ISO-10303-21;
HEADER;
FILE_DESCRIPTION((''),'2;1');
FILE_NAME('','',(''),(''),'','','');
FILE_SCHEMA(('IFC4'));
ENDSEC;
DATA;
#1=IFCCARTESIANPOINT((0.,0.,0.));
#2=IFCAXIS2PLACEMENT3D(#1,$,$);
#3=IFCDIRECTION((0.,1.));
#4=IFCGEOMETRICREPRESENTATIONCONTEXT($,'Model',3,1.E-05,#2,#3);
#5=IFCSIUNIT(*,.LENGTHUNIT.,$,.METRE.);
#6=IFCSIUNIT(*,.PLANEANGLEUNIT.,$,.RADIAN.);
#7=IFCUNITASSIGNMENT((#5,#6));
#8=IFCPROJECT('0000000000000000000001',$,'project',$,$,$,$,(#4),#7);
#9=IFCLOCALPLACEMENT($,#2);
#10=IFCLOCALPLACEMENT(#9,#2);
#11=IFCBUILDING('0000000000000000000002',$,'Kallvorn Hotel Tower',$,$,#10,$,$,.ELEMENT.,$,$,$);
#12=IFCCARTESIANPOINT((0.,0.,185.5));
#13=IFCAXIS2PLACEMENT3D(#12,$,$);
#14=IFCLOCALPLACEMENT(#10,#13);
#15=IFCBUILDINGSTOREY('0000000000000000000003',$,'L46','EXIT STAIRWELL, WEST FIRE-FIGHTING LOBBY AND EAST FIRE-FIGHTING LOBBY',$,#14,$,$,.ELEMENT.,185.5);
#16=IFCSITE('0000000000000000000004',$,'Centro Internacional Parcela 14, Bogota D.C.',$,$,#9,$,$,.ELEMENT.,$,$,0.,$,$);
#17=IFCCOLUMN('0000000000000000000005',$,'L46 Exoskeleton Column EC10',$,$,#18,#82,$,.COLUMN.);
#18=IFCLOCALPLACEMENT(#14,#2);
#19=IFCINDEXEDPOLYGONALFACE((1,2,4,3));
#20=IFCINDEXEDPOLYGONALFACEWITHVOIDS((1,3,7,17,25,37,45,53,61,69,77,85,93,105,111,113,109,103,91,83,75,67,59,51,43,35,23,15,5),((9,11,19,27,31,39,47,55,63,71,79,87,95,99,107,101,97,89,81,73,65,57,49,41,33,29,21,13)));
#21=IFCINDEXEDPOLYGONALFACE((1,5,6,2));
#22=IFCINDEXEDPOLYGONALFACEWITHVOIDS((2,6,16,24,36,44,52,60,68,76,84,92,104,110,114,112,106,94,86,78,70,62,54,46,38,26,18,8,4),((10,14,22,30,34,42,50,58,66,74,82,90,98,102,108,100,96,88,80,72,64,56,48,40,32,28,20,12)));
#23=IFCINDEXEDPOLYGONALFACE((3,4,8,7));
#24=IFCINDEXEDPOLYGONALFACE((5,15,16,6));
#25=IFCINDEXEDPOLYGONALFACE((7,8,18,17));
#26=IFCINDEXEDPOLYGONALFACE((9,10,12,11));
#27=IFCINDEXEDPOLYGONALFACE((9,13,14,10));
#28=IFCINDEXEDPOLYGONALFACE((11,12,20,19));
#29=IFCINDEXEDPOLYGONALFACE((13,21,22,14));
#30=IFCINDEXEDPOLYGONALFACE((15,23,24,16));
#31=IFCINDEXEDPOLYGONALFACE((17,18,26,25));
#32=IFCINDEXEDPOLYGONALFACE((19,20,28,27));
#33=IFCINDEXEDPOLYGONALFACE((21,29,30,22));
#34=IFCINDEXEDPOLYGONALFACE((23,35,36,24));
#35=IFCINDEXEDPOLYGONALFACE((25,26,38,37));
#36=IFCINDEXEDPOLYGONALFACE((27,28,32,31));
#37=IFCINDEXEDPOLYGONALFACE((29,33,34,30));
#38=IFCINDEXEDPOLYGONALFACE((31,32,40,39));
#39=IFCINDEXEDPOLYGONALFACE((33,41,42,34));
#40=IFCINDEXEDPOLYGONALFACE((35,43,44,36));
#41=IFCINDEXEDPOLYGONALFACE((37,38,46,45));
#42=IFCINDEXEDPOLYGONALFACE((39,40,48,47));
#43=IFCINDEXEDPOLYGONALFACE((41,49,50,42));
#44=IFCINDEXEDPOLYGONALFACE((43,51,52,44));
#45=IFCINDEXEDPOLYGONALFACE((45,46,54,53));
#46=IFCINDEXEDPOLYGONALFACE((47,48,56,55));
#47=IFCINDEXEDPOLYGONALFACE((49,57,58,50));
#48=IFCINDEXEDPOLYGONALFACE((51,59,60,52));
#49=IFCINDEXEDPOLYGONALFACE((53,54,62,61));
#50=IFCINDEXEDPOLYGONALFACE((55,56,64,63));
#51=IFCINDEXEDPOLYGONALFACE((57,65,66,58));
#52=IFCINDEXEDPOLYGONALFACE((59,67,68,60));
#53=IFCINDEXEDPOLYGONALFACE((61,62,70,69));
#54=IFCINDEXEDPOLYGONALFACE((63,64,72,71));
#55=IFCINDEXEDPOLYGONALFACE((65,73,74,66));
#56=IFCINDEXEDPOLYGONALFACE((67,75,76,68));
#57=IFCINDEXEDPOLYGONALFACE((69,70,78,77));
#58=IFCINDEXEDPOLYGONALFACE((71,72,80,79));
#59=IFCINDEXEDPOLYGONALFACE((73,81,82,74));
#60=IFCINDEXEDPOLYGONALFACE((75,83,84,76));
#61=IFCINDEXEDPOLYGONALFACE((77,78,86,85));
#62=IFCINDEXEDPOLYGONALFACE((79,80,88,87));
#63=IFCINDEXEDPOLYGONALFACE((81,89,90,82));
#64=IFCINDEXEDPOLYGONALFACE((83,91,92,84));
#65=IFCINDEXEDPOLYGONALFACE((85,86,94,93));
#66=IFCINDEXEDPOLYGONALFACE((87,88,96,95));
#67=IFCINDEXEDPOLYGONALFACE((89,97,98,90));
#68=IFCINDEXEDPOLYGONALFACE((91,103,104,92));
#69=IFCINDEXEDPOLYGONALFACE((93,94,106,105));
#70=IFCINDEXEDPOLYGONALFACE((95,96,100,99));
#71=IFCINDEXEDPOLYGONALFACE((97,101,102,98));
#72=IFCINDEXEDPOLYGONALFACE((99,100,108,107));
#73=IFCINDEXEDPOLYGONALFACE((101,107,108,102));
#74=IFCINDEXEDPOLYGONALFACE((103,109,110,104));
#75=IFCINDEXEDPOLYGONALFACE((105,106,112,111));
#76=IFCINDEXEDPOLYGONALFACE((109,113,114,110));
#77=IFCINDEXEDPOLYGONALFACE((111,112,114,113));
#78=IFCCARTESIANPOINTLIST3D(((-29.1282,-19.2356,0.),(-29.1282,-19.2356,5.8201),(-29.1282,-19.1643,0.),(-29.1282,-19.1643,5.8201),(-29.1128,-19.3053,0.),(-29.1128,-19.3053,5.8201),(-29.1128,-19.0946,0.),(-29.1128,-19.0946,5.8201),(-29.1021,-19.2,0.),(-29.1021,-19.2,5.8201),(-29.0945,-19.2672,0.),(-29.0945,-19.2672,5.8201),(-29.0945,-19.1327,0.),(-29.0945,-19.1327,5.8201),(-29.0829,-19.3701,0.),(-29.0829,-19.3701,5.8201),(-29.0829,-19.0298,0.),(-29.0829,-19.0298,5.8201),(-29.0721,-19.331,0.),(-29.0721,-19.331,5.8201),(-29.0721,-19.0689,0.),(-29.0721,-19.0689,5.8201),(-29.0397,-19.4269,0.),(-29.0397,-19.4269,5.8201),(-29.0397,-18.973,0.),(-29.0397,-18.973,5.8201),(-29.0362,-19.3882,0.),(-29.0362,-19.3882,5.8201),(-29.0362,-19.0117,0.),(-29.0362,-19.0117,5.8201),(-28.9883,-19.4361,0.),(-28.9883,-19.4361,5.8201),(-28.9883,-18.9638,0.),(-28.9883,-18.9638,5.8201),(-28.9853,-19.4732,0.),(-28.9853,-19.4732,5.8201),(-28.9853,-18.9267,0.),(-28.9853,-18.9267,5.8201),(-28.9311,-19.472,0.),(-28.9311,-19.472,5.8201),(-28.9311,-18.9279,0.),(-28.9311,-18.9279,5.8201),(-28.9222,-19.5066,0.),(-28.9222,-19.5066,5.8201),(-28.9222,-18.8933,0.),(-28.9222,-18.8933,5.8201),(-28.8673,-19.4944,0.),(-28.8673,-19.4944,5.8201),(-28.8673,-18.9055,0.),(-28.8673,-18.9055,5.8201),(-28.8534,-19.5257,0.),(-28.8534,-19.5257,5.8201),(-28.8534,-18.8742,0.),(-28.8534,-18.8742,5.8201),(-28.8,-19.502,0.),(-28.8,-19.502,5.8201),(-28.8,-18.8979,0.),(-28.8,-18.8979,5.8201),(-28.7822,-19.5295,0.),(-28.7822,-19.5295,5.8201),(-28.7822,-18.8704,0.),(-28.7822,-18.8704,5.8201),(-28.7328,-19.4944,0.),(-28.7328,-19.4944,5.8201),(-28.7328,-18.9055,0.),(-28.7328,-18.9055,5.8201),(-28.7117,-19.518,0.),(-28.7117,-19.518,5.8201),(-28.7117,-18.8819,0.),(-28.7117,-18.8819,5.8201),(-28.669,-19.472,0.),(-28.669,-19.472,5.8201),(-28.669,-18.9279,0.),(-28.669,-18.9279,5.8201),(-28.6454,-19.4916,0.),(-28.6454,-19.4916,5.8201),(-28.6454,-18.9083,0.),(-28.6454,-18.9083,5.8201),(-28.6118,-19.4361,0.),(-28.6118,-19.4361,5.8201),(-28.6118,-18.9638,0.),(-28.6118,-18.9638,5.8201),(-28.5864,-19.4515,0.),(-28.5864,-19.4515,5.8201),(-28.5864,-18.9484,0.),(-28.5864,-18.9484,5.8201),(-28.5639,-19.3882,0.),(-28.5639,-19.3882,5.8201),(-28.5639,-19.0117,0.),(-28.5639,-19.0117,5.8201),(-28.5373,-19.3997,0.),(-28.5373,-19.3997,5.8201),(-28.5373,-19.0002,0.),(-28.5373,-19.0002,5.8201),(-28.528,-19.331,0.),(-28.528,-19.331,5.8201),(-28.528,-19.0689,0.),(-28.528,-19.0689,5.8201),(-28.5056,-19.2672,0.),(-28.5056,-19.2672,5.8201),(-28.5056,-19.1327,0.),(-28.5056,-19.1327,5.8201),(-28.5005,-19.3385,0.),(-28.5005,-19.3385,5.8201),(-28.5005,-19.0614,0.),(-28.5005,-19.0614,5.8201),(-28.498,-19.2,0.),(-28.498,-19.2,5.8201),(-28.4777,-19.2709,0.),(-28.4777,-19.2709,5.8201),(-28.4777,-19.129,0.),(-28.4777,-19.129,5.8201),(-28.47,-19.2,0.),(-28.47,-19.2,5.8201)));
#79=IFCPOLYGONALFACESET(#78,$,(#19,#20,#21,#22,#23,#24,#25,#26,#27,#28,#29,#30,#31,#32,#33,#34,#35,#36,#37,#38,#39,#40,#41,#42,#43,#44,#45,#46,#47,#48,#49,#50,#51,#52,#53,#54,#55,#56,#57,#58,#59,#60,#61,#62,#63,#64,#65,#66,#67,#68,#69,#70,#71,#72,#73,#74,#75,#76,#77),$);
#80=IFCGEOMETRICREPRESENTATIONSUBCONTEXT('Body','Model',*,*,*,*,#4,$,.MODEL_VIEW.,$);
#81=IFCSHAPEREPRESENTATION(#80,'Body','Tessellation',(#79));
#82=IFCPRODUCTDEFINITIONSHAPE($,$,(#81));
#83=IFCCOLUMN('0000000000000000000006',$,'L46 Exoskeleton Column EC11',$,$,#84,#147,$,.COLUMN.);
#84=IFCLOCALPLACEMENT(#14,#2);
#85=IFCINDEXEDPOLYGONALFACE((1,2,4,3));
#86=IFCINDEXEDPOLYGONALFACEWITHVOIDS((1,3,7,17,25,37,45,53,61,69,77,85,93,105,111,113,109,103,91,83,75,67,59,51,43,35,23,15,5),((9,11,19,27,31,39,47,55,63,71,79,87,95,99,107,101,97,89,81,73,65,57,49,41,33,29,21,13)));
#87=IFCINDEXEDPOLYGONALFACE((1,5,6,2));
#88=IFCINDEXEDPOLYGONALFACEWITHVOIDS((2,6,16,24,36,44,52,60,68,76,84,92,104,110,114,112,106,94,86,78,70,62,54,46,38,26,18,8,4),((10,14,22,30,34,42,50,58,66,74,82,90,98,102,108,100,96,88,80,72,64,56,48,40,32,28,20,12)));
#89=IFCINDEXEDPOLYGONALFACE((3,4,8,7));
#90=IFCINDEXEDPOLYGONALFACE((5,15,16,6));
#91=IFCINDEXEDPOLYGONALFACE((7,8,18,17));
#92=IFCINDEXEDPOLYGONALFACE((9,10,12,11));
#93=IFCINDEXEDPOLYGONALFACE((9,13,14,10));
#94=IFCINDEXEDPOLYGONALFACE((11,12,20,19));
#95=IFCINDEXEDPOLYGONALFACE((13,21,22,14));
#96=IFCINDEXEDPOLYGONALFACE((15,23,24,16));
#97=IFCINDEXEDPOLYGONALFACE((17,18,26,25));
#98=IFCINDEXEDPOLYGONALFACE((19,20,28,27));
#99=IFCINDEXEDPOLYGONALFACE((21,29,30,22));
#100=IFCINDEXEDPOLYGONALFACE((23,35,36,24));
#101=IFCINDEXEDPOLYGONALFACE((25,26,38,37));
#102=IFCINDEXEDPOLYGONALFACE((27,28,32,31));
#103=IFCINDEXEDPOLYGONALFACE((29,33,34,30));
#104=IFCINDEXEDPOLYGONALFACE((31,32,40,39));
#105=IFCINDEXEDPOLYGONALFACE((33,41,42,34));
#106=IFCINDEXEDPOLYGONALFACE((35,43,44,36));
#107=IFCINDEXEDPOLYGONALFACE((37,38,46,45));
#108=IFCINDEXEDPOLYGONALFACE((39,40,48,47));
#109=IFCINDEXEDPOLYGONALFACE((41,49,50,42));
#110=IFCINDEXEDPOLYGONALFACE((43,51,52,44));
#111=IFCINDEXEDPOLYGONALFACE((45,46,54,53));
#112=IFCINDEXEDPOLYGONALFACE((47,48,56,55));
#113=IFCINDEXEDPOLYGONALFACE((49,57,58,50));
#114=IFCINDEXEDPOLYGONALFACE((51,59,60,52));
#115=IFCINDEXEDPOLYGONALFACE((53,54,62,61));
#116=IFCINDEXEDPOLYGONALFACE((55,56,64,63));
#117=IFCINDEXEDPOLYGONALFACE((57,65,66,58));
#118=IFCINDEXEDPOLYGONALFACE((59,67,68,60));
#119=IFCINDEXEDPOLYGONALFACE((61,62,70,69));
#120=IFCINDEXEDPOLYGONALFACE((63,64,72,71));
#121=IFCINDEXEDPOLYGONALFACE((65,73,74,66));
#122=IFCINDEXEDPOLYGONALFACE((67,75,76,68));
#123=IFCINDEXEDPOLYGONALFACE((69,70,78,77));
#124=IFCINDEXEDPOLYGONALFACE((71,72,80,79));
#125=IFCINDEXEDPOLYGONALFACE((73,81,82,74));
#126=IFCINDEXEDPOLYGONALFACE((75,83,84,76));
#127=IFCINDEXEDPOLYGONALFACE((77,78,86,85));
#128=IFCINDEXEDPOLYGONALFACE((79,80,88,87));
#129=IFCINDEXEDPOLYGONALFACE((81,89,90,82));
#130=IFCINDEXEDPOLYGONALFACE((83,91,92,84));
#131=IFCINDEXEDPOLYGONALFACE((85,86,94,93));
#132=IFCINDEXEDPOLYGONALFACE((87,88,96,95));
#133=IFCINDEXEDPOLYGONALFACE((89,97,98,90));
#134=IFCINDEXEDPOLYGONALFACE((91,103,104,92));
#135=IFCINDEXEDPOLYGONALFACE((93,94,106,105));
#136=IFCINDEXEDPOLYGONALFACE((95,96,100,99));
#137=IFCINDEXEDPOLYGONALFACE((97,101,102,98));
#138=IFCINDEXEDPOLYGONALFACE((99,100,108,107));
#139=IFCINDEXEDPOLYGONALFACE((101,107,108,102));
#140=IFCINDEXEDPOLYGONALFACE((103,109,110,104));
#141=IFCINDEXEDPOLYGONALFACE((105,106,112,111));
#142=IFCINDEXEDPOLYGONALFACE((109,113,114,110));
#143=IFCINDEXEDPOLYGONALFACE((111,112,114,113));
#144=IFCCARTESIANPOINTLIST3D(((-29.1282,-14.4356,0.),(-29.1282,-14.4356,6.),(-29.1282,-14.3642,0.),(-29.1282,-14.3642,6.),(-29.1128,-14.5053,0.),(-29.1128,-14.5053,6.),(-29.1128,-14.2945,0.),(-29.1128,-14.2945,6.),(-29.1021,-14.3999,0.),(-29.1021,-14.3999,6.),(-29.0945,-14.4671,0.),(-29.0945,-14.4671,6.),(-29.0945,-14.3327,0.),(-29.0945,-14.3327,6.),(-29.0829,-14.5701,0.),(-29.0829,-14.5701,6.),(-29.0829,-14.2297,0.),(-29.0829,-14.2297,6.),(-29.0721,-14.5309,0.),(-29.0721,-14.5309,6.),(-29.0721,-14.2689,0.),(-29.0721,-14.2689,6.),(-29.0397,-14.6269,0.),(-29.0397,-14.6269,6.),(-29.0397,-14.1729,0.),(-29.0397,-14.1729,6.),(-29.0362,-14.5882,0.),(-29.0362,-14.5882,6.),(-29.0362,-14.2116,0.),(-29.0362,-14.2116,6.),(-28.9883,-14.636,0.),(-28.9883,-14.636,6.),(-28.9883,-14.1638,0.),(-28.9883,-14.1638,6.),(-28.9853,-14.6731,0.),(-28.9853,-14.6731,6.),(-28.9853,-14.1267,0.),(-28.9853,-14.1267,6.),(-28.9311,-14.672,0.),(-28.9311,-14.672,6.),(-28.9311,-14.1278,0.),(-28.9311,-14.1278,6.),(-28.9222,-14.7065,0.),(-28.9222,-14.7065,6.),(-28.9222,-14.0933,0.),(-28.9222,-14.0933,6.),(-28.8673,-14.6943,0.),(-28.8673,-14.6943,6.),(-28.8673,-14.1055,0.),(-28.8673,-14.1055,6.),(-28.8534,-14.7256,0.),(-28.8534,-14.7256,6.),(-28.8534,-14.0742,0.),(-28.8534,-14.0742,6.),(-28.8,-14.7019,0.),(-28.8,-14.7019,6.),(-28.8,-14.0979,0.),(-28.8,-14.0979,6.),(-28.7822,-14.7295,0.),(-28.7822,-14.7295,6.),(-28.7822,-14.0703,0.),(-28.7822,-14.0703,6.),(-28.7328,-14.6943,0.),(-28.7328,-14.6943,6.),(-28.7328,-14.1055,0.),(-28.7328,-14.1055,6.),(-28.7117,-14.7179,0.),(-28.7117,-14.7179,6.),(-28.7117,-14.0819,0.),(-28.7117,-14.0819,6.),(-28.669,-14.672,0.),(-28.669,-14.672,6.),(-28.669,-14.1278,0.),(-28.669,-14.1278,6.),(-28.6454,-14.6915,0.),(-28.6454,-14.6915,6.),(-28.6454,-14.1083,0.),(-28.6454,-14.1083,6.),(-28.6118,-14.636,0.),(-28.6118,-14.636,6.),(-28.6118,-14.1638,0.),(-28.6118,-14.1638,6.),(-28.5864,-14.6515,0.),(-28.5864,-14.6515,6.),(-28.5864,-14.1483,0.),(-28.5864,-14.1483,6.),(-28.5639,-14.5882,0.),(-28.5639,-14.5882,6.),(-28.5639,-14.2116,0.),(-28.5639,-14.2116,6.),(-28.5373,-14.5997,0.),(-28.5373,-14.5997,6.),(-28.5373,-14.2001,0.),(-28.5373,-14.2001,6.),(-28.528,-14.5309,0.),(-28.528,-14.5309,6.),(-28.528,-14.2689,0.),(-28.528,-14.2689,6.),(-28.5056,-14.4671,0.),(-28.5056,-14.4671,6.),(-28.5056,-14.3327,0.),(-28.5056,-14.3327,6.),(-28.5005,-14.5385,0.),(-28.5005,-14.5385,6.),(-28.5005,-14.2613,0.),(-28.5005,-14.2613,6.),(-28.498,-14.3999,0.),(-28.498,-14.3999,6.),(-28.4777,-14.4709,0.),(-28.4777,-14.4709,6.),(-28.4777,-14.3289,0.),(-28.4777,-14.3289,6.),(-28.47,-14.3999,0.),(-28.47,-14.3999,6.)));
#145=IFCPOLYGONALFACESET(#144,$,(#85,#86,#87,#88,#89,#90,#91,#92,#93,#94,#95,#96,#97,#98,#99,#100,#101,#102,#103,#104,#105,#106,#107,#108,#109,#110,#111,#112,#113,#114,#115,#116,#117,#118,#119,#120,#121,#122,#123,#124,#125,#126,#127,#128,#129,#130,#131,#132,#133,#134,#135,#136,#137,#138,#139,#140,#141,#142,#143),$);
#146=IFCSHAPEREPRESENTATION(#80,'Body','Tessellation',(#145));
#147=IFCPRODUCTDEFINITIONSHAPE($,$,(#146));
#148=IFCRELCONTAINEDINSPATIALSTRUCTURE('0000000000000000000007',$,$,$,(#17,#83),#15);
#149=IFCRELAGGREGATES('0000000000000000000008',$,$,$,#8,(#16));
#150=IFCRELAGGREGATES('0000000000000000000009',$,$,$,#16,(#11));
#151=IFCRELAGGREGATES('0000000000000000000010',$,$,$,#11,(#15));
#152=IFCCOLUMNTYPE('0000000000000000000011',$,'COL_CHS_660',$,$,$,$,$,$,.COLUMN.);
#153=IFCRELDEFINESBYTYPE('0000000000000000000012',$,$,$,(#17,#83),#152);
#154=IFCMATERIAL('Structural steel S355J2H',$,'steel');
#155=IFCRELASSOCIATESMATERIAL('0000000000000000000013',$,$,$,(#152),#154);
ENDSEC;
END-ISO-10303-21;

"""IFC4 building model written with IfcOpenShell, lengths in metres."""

from ifc_helpers import new_model, si_unit, direction, frame, origin, origin_2d, place, context, subcontext, project, spatial, hollow_circle, extrude, material, material_profile, profile_set, type_object, element, save


model = new_model("IFC4")

# Units and contexts
model_context = context("Model", 3, precision=1e-05, world=origin(), true_north=direction((0.0, 1.0)))
body_context = subcontext(model_context, "Body", "Model", "MODEL_VIEW")
ifc_project = project(units=[si_unit("LENGTHUNIT", "METRE"), si_unit("PLANEANGLEUNIT", "RADIAN")], contexts=[model_context])

# Site, building, storey
site_placement = place(None, origin())
site = spatial("IfcSite", under=ifc_project, at=site_placement, Name="Centro Internacional Parcela 14, Bogota D.C.", CompositionType="ELEMENT", RefElevation=0.0)
building_placement = place(site_placement, origin())
building = spatial("IfcBuilding", under=site, at=building_placement, Name="Kallvorn Hotel Tower", CompositionType="ELEMENT")
storey_placement = place(building_placement, frame((0.0, 0.0, 185.5)))
storey = spatial("IfcBuildingStorey", under=building, at=storey_placement, Name="L46", Description="EXIT STAIRWELL, WEST FIRE-FIGHTING LOBBY AND EAST FIRE-FIGHTING LOBBY", CompositionType="ELEMENT", Elevation=185.5)

# Columns
ifc_material_1 = material(Name="Structural steel S355J2H", Category="steel")
ifc_material_profile_1 = material_profile(ifc_material_1, hollow_circle(Radius=0.3301, WallThickness=0.0281, at=origin_2d()), Name="CHS 660x28")
ifc_profile_set_1 = profile_set([ifc_material_profile_1], Name="Structural steel S355J2H")
column_type_1 = type_object("IfcColumnType", Name="COL_CHS_660", PredefinedType="COLUMN", material=ifc_profile_set_1)
column_1_placement = place(storey_placement, frame((-28.8, -19.2, 0.0), z_axis=(0.0, 0.0, 1.0), x_axis=(1.0, 0.0, 0.0)))
element("IfcColumn", 1, at=column_1_placement, inside=storey, type_object=column_type_1, Name="L46 Exoskeleton Column EC10", PredefinedType="COLUMN", context=body_context, shape_type="SweptSolid", body=[
    extrude(hollow_circle(Radius=0.3301, WallThickness=0.0281, at=origin_2d()), origin(), (0.0, 0.0, 1.0), 5.8201),
])
for number, where, z_axis, x_axis, name in (
    (2, (-28.8, -14.3999, 0.0), (0.0, 0.0, 1.0), (1.0, 0.0, 0.0), "L46 Exoskeleton Column EC11"),
):
    element("IfcColumn", number, at=place(storey_placement, frame(where, z_axis=z_axis, x_axis=x_axis)), inside=storey, type_object=column_type_1, Name=name, PredefinedType="COLUMN", context=body_context, shape_type="SweptSolid", body=[
        extrude(hollow_circle(Radius=0.3301, WallThickness=0.0281, at=origin_2d()), origin(), (0.0, 0.0, 1.0), 6.0),
    ])

save(model, "model.ifc")
